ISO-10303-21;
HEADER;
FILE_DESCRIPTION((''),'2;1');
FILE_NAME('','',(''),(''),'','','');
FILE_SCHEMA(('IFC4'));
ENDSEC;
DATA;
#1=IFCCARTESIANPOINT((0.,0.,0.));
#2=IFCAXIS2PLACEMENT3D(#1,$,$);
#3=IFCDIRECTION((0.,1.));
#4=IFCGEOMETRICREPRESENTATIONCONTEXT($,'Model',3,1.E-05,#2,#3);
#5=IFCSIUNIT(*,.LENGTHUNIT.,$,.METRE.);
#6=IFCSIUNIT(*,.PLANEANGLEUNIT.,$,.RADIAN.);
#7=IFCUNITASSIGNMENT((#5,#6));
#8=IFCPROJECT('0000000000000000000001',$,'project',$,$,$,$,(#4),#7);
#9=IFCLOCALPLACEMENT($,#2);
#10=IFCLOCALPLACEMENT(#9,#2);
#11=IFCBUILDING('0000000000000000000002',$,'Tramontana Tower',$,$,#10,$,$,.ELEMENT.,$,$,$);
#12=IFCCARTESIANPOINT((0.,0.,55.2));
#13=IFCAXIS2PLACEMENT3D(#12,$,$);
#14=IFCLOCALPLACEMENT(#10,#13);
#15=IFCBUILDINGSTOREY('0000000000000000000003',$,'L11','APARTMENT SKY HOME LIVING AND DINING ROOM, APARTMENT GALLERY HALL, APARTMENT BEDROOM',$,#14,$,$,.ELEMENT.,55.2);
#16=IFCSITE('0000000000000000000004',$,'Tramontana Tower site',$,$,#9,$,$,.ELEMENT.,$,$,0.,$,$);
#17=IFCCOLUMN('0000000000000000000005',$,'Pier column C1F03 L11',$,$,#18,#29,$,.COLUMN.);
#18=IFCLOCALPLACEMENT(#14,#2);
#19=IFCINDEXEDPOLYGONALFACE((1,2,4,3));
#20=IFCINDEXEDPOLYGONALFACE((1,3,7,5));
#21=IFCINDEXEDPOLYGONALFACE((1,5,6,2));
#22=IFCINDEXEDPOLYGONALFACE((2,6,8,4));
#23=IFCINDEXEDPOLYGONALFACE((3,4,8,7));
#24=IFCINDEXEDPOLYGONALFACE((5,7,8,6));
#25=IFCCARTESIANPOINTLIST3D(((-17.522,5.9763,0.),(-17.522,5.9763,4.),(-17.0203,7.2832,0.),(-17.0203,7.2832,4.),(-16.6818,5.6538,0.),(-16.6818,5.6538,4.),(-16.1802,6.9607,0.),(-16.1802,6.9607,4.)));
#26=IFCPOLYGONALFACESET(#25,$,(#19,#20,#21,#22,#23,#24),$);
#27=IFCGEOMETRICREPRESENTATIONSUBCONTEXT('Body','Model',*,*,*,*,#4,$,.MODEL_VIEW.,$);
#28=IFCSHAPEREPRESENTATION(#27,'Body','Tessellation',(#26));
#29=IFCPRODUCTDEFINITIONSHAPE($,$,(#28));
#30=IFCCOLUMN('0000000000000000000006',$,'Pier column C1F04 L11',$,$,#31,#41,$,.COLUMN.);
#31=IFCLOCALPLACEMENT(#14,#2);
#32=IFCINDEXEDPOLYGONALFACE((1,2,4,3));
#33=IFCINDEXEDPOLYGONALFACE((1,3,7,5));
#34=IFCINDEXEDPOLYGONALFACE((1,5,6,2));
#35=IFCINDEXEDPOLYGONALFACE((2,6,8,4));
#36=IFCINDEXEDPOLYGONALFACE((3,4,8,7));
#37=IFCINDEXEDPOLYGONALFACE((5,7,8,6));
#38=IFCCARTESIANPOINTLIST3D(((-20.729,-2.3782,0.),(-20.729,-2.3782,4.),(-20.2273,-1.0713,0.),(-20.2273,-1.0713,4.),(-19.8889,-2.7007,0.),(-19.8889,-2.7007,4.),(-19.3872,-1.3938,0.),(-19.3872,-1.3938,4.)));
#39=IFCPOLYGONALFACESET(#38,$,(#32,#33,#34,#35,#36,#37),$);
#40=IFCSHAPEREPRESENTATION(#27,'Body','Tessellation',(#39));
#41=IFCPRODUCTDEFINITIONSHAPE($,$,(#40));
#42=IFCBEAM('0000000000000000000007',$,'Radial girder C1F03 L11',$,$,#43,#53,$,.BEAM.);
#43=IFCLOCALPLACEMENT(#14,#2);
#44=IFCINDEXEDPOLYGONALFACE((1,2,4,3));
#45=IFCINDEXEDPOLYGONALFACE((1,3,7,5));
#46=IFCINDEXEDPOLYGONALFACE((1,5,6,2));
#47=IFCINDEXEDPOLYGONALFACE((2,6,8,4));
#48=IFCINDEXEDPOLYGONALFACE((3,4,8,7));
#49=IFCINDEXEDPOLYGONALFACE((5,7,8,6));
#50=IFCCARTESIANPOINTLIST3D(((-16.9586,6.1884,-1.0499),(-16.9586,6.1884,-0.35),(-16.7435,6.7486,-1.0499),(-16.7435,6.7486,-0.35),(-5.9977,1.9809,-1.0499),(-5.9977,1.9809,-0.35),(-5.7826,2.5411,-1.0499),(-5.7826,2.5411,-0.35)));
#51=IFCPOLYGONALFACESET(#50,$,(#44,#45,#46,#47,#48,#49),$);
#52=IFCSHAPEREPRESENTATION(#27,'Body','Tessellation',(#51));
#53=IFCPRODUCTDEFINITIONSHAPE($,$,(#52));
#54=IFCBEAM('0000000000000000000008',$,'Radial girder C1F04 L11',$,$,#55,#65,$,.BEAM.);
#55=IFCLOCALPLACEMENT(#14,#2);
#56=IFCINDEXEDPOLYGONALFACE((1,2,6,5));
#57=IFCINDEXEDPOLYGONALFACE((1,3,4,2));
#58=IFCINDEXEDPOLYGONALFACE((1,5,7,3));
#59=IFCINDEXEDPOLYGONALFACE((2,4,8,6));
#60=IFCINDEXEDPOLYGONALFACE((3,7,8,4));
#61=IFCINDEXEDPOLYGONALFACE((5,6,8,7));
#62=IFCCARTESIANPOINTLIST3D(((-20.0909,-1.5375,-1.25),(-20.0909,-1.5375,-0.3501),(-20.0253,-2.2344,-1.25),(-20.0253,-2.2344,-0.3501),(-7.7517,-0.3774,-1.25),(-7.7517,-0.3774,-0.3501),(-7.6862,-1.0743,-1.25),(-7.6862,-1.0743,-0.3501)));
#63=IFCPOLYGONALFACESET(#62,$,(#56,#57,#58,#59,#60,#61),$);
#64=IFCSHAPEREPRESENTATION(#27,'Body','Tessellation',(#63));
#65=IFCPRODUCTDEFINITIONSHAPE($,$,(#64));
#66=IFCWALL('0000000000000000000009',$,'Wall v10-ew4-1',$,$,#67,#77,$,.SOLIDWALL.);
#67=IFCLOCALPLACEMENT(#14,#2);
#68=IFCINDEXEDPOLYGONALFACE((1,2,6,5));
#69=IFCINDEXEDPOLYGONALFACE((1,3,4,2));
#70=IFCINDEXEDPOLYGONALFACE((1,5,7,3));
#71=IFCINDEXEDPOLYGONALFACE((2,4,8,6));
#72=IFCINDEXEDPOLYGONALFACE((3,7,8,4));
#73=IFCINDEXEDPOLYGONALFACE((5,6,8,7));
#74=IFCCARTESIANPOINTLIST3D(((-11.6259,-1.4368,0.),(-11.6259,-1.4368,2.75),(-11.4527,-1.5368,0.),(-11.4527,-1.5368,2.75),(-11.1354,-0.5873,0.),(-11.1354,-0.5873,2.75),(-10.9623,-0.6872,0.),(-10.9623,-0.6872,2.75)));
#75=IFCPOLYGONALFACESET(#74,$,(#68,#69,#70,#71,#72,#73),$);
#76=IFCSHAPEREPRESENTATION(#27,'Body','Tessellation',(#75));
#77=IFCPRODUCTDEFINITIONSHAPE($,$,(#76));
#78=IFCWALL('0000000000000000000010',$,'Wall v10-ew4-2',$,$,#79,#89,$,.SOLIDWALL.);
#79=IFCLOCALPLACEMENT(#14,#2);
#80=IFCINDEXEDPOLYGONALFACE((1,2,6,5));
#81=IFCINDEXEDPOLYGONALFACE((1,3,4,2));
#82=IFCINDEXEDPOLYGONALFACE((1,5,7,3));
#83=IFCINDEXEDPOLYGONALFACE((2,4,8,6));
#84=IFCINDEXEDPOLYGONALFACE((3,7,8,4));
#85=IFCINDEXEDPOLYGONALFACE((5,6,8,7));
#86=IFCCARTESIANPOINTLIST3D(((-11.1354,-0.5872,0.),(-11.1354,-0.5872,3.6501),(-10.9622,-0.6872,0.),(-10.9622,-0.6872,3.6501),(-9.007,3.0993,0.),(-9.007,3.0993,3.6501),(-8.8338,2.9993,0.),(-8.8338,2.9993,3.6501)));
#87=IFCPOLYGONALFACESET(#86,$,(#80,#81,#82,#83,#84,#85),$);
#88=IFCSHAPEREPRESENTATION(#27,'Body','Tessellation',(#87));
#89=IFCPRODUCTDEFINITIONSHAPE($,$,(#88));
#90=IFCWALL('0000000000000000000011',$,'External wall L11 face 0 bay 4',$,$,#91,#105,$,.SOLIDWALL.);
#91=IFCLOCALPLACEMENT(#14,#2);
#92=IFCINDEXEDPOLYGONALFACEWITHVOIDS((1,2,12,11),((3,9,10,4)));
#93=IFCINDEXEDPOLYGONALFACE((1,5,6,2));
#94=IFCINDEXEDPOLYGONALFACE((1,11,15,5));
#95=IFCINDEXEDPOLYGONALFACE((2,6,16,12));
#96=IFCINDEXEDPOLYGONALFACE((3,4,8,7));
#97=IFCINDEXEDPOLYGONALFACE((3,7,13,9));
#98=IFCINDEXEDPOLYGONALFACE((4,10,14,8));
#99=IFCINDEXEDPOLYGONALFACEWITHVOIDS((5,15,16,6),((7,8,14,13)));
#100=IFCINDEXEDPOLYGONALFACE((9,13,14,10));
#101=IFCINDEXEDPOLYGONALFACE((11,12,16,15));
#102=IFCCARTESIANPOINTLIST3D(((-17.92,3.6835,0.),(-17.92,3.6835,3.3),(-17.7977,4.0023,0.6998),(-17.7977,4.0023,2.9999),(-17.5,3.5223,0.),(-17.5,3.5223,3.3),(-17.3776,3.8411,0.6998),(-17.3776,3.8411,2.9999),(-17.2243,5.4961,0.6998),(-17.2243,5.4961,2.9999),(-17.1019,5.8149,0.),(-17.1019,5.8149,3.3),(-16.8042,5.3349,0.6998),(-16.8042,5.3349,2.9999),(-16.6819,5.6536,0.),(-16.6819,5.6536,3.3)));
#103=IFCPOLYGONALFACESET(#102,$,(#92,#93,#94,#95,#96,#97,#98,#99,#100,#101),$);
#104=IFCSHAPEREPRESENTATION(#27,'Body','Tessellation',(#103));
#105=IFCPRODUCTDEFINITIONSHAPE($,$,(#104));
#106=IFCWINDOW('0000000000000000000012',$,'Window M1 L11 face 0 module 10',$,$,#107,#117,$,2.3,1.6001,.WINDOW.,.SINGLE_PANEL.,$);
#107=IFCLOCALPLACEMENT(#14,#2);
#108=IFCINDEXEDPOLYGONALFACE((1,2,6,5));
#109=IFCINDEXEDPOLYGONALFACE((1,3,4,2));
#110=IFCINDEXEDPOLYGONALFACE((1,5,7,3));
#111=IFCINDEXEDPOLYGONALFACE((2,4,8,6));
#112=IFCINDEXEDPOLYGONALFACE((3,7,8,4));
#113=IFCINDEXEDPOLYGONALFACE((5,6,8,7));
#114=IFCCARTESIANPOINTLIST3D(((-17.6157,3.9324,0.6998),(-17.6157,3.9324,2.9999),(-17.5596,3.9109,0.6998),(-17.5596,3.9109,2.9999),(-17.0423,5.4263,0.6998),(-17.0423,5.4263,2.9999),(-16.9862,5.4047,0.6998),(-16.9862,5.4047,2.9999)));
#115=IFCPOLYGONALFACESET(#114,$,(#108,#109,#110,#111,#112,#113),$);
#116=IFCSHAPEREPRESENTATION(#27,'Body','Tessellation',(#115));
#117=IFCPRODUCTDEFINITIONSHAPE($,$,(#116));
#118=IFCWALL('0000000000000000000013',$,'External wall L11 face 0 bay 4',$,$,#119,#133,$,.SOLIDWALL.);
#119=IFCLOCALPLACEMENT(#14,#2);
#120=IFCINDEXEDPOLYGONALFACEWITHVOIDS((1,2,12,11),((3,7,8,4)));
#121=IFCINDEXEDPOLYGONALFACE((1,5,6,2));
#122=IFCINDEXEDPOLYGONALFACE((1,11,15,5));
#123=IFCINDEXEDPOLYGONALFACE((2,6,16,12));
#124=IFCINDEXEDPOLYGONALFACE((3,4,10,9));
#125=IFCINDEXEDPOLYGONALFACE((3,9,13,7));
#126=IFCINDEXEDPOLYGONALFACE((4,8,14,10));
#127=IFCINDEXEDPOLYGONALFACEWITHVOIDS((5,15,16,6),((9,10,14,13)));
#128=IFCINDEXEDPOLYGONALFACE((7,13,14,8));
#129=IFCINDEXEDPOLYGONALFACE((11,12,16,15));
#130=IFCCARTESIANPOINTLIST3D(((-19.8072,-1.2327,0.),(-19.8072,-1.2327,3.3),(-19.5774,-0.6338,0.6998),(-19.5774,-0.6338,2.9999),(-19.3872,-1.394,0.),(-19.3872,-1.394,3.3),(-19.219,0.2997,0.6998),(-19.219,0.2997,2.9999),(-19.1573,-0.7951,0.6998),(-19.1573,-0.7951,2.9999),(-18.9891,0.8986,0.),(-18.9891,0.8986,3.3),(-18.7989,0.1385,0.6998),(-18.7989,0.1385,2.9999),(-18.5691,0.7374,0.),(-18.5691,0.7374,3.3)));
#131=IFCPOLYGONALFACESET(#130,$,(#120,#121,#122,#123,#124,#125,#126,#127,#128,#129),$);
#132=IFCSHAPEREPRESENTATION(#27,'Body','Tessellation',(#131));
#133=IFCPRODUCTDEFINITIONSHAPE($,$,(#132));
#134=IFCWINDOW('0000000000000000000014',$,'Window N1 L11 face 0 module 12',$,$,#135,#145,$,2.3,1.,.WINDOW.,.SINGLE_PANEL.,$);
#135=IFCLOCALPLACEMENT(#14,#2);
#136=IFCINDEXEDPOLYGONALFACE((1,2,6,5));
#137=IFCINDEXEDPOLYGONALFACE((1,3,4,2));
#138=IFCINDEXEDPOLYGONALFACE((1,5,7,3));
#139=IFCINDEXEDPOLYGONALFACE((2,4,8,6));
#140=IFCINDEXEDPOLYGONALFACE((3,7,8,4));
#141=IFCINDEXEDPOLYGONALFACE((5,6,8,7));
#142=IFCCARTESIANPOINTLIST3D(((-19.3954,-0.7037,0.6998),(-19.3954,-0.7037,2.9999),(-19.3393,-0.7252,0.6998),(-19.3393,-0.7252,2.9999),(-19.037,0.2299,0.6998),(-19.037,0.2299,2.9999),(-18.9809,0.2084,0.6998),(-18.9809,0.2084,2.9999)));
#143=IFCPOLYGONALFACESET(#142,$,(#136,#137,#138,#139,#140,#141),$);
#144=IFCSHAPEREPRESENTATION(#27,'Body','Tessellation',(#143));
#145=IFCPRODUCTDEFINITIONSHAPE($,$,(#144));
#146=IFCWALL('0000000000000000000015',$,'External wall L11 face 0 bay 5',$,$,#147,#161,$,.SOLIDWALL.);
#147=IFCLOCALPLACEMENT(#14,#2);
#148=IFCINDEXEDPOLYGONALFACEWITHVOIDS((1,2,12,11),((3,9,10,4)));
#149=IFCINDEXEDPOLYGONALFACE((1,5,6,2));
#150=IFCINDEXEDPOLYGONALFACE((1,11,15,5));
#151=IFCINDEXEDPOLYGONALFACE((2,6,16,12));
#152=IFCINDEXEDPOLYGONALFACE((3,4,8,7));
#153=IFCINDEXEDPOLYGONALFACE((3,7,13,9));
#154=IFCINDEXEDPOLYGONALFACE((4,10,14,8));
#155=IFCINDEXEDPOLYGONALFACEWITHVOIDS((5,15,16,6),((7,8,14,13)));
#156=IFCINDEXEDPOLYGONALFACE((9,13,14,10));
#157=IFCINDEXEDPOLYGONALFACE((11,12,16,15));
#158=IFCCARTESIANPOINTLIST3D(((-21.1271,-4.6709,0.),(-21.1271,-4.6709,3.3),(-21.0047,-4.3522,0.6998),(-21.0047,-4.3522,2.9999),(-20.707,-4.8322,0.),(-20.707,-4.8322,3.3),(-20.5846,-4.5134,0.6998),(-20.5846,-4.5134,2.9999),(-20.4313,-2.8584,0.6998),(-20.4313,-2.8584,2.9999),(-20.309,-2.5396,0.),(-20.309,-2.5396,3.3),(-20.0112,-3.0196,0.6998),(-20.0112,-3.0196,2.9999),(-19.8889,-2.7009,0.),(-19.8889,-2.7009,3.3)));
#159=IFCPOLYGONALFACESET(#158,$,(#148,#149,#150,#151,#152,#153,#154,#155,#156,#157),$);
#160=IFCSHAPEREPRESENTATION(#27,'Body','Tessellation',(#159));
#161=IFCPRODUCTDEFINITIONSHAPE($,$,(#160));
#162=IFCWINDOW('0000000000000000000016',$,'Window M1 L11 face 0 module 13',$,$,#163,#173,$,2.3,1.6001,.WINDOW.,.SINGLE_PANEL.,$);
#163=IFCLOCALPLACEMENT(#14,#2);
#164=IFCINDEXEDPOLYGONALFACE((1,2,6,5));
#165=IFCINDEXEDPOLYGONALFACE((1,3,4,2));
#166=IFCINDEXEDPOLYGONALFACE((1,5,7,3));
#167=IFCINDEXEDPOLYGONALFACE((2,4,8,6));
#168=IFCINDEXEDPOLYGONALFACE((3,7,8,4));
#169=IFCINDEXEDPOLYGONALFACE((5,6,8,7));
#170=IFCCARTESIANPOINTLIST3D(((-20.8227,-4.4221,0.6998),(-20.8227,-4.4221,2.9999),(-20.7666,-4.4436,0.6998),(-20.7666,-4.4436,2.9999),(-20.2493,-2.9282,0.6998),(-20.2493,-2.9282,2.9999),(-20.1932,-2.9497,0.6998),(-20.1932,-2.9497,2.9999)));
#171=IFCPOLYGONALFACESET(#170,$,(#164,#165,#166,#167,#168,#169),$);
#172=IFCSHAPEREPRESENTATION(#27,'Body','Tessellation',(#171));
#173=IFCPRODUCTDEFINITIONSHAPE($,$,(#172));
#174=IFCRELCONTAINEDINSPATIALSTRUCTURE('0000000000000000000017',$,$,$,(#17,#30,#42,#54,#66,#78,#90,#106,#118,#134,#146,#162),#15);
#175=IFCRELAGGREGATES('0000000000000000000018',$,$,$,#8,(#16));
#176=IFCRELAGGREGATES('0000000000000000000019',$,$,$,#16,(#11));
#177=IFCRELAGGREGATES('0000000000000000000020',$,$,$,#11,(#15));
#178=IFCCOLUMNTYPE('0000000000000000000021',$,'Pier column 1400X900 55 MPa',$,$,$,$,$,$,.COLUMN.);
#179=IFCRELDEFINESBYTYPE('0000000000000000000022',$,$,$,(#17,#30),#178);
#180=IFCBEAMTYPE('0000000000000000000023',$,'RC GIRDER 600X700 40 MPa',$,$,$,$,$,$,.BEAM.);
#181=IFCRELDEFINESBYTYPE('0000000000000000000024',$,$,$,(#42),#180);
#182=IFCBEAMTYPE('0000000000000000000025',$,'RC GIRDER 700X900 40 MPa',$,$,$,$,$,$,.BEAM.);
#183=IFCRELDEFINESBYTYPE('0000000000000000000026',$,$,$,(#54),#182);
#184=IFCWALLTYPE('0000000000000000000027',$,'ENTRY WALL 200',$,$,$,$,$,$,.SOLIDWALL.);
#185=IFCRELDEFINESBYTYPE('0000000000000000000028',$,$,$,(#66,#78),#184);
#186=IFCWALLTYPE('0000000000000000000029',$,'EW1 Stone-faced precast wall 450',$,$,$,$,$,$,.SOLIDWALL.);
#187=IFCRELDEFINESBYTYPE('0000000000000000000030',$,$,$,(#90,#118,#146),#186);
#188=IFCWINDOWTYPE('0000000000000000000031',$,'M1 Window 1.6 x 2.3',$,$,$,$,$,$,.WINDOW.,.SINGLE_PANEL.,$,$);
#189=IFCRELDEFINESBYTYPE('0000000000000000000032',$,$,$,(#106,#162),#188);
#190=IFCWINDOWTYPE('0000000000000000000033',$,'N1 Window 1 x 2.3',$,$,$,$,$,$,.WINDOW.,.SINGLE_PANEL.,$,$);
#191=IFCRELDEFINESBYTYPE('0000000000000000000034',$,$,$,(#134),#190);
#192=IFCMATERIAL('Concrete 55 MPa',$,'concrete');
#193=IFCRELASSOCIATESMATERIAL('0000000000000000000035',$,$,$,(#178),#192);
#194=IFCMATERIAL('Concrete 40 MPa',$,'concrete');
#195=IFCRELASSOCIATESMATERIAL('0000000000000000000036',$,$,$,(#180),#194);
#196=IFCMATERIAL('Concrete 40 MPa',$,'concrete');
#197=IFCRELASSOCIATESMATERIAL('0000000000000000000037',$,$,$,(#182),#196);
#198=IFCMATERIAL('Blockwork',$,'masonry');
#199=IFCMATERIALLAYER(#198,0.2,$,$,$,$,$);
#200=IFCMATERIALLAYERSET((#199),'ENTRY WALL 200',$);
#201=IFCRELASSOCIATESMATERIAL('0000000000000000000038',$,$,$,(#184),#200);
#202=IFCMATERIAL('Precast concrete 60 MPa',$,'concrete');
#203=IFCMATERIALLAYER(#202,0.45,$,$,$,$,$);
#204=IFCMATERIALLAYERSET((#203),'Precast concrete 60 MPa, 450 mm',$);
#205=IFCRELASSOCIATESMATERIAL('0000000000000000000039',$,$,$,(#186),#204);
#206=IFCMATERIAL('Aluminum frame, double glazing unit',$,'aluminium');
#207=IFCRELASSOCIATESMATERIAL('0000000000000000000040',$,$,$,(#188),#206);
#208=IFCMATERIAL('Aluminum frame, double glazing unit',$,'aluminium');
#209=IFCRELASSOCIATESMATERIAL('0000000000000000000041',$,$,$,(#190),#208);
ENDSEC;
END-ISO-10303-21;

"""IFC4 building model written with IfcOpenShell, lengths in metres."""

from ifc_helpers import new_model, si_unit, direction, frame, frame_2d, origin, origin_2d, place, context, subcontext, project, spatial, rectangle, extrude, material, layer, layer_set, material_profile, profile_set, type_object, element, fill, save


model = new_model("IFC4")

# Units and contexts
model_context = context("Model", 3, precision=1e-05, world=origin(), true_north=direction((0.0, 1.0)))
body_context = subcontext(model_context, "Body", "Model", "MODEL_VIEW")
ifc_project = project(units=[si_unit("LENGTHUNIT", "METRE"), si_unit("PLANEANGLEUNIT", "RADIAN")], contexts=[model_context])

# Site, building, storey
site_placement = place(None, origin())
site = spatial("IfcSite", under=ifc_project, at=site_placement, Name="Tramontana Tower site", CompositionType="ELEMENT", RefElevation=0.0)
building_placement = place(site_placement, origin())
building = spatial("IfcBuilding", under=site, at=building_placement, Name="Tramontana Tower", CompositionType="ELEMENT")
storey_placement = place(building_placement, frame((0.0, 0.0, 55.2)))
storey = spatial("IfcBuildingStorey", under=building, at=storey_placement, Name="L11", Description="APARTMENT SKY HOME LIVING AND DINING ROOM, APARTMENT GALLERY HALL, APARTMENT BEDROOM", CompositionType="ELEMENT", Elevation=55.2)

# Columns
ifc_material_1 = material(Name="Concrete 55 MPa", Category="concrete")
ifc_material_profile_1 = material_profile(ifc_material_1, rectangle(XDim=1.3999, YDim=0.8999, at=origin_2d()), Name="Pier column 1400X900 55 MPa")
ifc_profile_set_1 = profile_set([ifc_material_profile_1], Name="Concrete 55 MPa")
column_type = type_object("IfcColumnType", Name="Pier column 1400X900 55 MPa", PredefinedType="COLUMN", material=ifc_profile_set_1)
for number, where, z_axis, x_axis, name in (
    (1, (-16.8511, 6.4685, 0.0), (0.0, 0.0, 1.0), (-0.358368, -0.93358, 0.0), "Pier column C1F03 L11"),
    (2, (-20.0581, -1.886, 0.0), (0.0, 0.0, 1.0), (-0.358368, -0.93358, 0.0), "Pier column C1F04 L11"),
):
    element("IfcColumn", number, at=place(storey_placement, frame(where, z_axis=z_axis, x_axis=x_axis)), inside=storey, type_object=column_type, Name=name, PredefinedType="COLUMN", context=body_context, shape_type="SweptSolid", body=[
        extrude(rectangle(XDim=1.3999, YDim=0.8999, at=origin_2d()), origin(), (0.0, 0.0, 1.0), 4.0),
    ])

# Beams
ifc_material_2 = material(Name="Concrete 40 MPa", Category="concrete")
ifc_material_profile_2 = material_profile(ifc_material_2, rectangle(XDim=0.6001, YDim=0.7, at=origin_2d()), Name="RC GIRDER 600X700 40 MPa")
ifc_profile_set_2 = profile_set([ifc_material_profile_2], Name="Concrete 40 MPa")
beam_type_1 = type_object("IfcBeamType", Name="RC GIRDER 600X700 40 MPa", PredefinedType="BEAM", material=ifc_profile_set_2)
beam_1_placement = place(storey_placement, frame((-16.8511, 6.4685, -0.7), z_axis=(0.93358, -0.358369, 0.0), x_axis=(0.358369, 0.93358, 0.0)))
element("IfcBeam", 3, at=beam_1_placement, inside=storey, type_object=beam_type_1, Name="Radial girder C1F03 L11", PredefinedType="BEAM", context=body_context, shape_type="SweptSolid", body=[
    extrude(rectangle(XDim=0.6001, YDim=0.7, at=origin_2d()), origin(), (0.0, 0.0, 1.0), 11.7407),
])
ifc_material_3 = material(Name="Concrete 40 MPa", Category="concrete")
ifc_material_profile_3 = material_profile(ifc_material_3, rectangle(XDim=0.7, YDim=0.8999, at=origin_2d()), Name="RC GIRDER 700X900 40 MPa")
ifc_profile_set_3 = profile_set([ifc_material_profile_3], Name="Concrete 40 MPa")
beam_type_2 = type_object("IfcBeamType", Name="RC GIRDER 700X900 40 MPa", PredefinedType="BEAM", material=ifc_profile_set_3)
beam_2_placement = place(storey_placement, frame((-20.0581, -1.886, -0.8), z_axis=(0.995609, 0.09361, 0.0), x_axis=(-0.09361, 0.995609, 0.0)))
element("IfcBeam", 4, at=beam_2_placement, inside=storey, type_object=beam_type_2, Name="Radial girder C1F04 L11", PredefinedType="BEAM", context=body_context, shape_type="SweptSolid", body=[
    extrude(rectangle(XDim=0.7, YDim=0.8999, at=origin_2d()), origin(), (0.0, 0.0, 1.0), 12.3936),
])

# Walls
ifc_material_4 = material(Name="Blockwork", Category="masonry")
ifc_layer_1 = layer(ifc_material_4, 0.2)
ifc_layer_set_1 = layer_set([ifc_layer_1], Name="ENTRY WALL 200")
wall_type_1 = type_object("IfcWallType", Name="ENTRY WALL 200", PredefinedType="SOLIDWALL", material=ifc_layer_set_1)
wall_1_placement = place(storey_placement, frame((-11.5393, -1.4868, 0.0), z_axis=(0.0, 0.0, 1.0), x_axis=(0.499967, 0.866045, 0.0)))
element("IfcWall", 5, at=wall_1_placement, inside=storey, type_object=wall_type_1, Name="Wall v10-ew4-1", PredefinedType="SOLIDWALL", context=body_context, shape_type="SweptSolid", body=[
    extrude(rectangle(XDim=0.981, YDim=0.2, at=frame_2d((0.4905, 0.0))), origin(), (0.0, 0.0, 1.0), 2.75),
])
wall_2_placement = place(storey_placement, frame((-11.0488, -0.6372, 0.0), z_axis=(0.0, 0.0, 1.0), x_axis=(0.5, 0.866025, 0.0)))
element("IfcWall", 6, at=wall_2_placement, inside=storey, type_object=wall_type_1, Name="Wall v10-ew4-2", PredefinedType="SOLIDWALL", context=body_context, shape_type="SweptSolid", body=[
    extrude(rectangle(XDim=4.2568, YDim=0.2, at=frame_2d((2.1284, 0.0))), origin(), (0.0, 0.0, 1.0), 3.6501),
])

# Walls, openings, windows
ifc_material_5 = material(Name="Precast concrete 60 MPa", Category="concrete")
ifc_layer_2 = layer(ifc_material_5, 0.45)
ifc_layer_set_2 = layer_set([ifc_layer_2], Name="Precast concrete 60 MPa, 450 mm")
wall_type_2 = type_object("IfcWallType", Name="EW1 Stone-faced precast wall 450", PredefinedType="SOLIDWALL", material=ifc_layer_set_2)
wall_3_placement = place(storey_placement, frame((-16.8918, 5.7344, 0.0), z_axis=(0.0, 0.0, 1.0), x_axis=(-0.358356, -0.933585, 0.0)))
wall_3 = element("IfcWall", 7, at=wall_3_placement, inside=storey, type_object=wall_type_2, Name="External wall L11 face 0 bay 4", PredefinedType="SOLIDWALL", context=body_context, shape_type="SweptSolid", body=[
    extrude(rectangle(XDim=2.283, YDim=0.45, at=frame_2d((1.1416, 0.0))), origin(), (0.0, 0.0, 1.0), 3.3),
])
opening_1_placement = place(wall_3_placement, frame((0.3416, 0.0, 0.7)))
opening_1 = element("IfcOpeningElement", 8, at=opening_1_placement, cuts=wall_3, PredefinedType="OPENING", context=body_context, shape_type="SweptSolid", body=[
    extrude(rectangle(XDim=1.6001, YDim=2.3, at=frame_2d((0.8, 1.1499))), frame((0.0, 0.2349, 0.0), z_axis=(0.0, -1.0, 0.0), x_axis=(1.0, 0.0, 0.0)), (0.0, 0.0, 1.0), 0.47),
])
ifc_material_6 = material(Name="Aluminum frame, double glazing unit", Category="aluminium")
window_type_1 = type_object("IfcWindowType", Name="M1 Window 1.6 x 2.3", PartitioningType="SINGLE_PANEL", PredefinedType="WINDOW", material=ifc_material_6)
window_1_placement = place(opening_1_placement, origin())
window_1 = element("IfcWindow", 9, at=window_1_placement, inside=storey, type_object=window_type_1, Name="Window M1 L11 face 0 module 10", OverallHeight=2.3, OverallWidth=1.6001, PartitioningType="SINGLE_PANEL", PredefinedType="WINDOW", context=body_context, shape_type="SweptSolid", body=[
    extrude(rectangle(XDim=1.6001, YDim=2.3, at=frame_2d((0.8, 1.1499))), frame((0.0, 0.03, 0.0), z_axis=(0.0, -1.0, 0.0), x_axis=(1.0, 0.0, 0.0)), (0.0, 0.0, 1.0), 0.0601),
])
fill(opening_1, window_1)
wall_4_placement = place(storey_placement, frame((-18.7791, 0.8181, 0.0), z_axis=(0.0, 0.0, 1.0), x_axis=(-0.358356, -0.933585, 0.0)))
wall_4 = element("IfcWall", 10, at=wall_4_placement, inside=storey, type_object=wall_type_2, Name="External wall L11 face 0 bay 4", PredefinedType="SOLIDWALL", context=body_context, shape_type="SweptSolid", body=[
    extrude(rectangle(XDim=2.283, YDim=0.45, at=frame_2d((1.1416, 0.0))), origin(), (0.0, 0.0, 1.0), 3.3),
])
opening_2_placement = place(wall_4_placement, frame((0.6416, 0.0, 0.7)))
opening_2 = element("IfcOpeningElement", 11, at=opening_2_placement, cuts=wall_4, PredefinedType="OPENING", context=body_context, shape_type="SweptSolid", body=[
    extrude(rectangle(XDim=1.0, YDim=2.3, at=frame_2d((0.5, 1.1499))), frame((0.0, 0.2349, 0.0), z_axis=(0.0, -1.0, 0.0), x_axis=(1.0, 0.0, 0.0)), (0.0, 0.0, 1.0), 0.47),
])
ifc_material_7 = material(Name="Aluminum frame, double glazing unit", Category="aluminium")
window_type_2 = type_object("IfcWindowType", Name="N1 Window 1 x 2.3", PartitioningType="SINGLE_PANEL", PredefinedType="WINDOW", material=ifc_material_7)
window_2_placement = place(opening_2_placement, origin())
window_2 = element("IfcWindow", 12, at=window_2_placement, inside=storey, type_object=window_type_2, Name="Window N1 L11 face 0 module 12", OverallHeight=2.3, OverallWidth=1.0, PartitioningType="SINGLE_PANEL", PredefinedType="WINDOW", context=body_context, shape_type="SweptSolid", body=[
    extrude(rectangle(XDim=1.0, YDim=2.3, at=frame_2d((0.5, 1.1499))), frame((0.0, 0.03, 0.0), z_axis=(0.0, -1.0, 0.0), x_axis=(1.0, 0.0, 0.0)), (0.0, 0.0, 1.0), 0.0601),
])
fill(opening_2, window_2)
wall_5_placement = place(storey_placement, frame((-20.0989, -2.6201, 0.0), z_axis=(0.0, 0.0, 1.0), x_axis=(-0.358356, -0.933585, 0.0)))
wall_5 = element("IfcWall", 13, at=wall_5_placement, inside=storey, type_object=wall_type_2, Name="External wall L11 face 0 bay 5", PredefinedType="SOLIDWALL", context=body_context, shape_type="SweptSolid", body=[
    extrude(rectangle(XDim=2.283, YDim=0.45, at=frame_2d((1.1416, 0.0))), origin(), (0.0, 0.0, 1.0), 3.3),
])
opening_3_placement = place(wall_5_placement, frame((0.3416, 0.0, 0.7)))
opening_3 = element("IfcOpeningElement", 14, at=opening_3_placement, cuts=wall_5, PredefinedType="OPENING", context=body_context, shape_type="SweptSolid", body=[
    extrude(rectangle(XDim=1.6001, YDim=2.3, at=frame_2d((0.8, 1.1499))), frame((0.0, 0.2349, 0.0), z_axis=(0.0, -1.0, 0.0), x_axis=(1.0, 0.0, 0.0)), (0.0, 0.0, 1.0), 0.47),
])
window_3_placement = place(opening_3_placement, origin())
window_3 = element("IfcWindow", 15, at=window_3_placement, inside=storey, type_object=window_type_1, Name="Window M1 L11 face 0 module 13", OverallHeight=2.3, OverallWidth=1.6001, PartitioningType="SINGLE_PANEL", PredefinedType="WINDOW", context=body_context, shape_type="SweptSolid", body=[
    extrude(rectangle(XDim=1.6001, YDim=2.3, at=frame_2d((0.8, 1.1499))), frame((0.0, 0.03, 0.0), z_axis=(0.0, -1.0, 0.0), x_axis=(1.0, 0.0, 0.0)), (0.0, 0.0, 1.0), 0.0601),
])
fill(opening_3, window_3)

save(model, "model.ifc")
